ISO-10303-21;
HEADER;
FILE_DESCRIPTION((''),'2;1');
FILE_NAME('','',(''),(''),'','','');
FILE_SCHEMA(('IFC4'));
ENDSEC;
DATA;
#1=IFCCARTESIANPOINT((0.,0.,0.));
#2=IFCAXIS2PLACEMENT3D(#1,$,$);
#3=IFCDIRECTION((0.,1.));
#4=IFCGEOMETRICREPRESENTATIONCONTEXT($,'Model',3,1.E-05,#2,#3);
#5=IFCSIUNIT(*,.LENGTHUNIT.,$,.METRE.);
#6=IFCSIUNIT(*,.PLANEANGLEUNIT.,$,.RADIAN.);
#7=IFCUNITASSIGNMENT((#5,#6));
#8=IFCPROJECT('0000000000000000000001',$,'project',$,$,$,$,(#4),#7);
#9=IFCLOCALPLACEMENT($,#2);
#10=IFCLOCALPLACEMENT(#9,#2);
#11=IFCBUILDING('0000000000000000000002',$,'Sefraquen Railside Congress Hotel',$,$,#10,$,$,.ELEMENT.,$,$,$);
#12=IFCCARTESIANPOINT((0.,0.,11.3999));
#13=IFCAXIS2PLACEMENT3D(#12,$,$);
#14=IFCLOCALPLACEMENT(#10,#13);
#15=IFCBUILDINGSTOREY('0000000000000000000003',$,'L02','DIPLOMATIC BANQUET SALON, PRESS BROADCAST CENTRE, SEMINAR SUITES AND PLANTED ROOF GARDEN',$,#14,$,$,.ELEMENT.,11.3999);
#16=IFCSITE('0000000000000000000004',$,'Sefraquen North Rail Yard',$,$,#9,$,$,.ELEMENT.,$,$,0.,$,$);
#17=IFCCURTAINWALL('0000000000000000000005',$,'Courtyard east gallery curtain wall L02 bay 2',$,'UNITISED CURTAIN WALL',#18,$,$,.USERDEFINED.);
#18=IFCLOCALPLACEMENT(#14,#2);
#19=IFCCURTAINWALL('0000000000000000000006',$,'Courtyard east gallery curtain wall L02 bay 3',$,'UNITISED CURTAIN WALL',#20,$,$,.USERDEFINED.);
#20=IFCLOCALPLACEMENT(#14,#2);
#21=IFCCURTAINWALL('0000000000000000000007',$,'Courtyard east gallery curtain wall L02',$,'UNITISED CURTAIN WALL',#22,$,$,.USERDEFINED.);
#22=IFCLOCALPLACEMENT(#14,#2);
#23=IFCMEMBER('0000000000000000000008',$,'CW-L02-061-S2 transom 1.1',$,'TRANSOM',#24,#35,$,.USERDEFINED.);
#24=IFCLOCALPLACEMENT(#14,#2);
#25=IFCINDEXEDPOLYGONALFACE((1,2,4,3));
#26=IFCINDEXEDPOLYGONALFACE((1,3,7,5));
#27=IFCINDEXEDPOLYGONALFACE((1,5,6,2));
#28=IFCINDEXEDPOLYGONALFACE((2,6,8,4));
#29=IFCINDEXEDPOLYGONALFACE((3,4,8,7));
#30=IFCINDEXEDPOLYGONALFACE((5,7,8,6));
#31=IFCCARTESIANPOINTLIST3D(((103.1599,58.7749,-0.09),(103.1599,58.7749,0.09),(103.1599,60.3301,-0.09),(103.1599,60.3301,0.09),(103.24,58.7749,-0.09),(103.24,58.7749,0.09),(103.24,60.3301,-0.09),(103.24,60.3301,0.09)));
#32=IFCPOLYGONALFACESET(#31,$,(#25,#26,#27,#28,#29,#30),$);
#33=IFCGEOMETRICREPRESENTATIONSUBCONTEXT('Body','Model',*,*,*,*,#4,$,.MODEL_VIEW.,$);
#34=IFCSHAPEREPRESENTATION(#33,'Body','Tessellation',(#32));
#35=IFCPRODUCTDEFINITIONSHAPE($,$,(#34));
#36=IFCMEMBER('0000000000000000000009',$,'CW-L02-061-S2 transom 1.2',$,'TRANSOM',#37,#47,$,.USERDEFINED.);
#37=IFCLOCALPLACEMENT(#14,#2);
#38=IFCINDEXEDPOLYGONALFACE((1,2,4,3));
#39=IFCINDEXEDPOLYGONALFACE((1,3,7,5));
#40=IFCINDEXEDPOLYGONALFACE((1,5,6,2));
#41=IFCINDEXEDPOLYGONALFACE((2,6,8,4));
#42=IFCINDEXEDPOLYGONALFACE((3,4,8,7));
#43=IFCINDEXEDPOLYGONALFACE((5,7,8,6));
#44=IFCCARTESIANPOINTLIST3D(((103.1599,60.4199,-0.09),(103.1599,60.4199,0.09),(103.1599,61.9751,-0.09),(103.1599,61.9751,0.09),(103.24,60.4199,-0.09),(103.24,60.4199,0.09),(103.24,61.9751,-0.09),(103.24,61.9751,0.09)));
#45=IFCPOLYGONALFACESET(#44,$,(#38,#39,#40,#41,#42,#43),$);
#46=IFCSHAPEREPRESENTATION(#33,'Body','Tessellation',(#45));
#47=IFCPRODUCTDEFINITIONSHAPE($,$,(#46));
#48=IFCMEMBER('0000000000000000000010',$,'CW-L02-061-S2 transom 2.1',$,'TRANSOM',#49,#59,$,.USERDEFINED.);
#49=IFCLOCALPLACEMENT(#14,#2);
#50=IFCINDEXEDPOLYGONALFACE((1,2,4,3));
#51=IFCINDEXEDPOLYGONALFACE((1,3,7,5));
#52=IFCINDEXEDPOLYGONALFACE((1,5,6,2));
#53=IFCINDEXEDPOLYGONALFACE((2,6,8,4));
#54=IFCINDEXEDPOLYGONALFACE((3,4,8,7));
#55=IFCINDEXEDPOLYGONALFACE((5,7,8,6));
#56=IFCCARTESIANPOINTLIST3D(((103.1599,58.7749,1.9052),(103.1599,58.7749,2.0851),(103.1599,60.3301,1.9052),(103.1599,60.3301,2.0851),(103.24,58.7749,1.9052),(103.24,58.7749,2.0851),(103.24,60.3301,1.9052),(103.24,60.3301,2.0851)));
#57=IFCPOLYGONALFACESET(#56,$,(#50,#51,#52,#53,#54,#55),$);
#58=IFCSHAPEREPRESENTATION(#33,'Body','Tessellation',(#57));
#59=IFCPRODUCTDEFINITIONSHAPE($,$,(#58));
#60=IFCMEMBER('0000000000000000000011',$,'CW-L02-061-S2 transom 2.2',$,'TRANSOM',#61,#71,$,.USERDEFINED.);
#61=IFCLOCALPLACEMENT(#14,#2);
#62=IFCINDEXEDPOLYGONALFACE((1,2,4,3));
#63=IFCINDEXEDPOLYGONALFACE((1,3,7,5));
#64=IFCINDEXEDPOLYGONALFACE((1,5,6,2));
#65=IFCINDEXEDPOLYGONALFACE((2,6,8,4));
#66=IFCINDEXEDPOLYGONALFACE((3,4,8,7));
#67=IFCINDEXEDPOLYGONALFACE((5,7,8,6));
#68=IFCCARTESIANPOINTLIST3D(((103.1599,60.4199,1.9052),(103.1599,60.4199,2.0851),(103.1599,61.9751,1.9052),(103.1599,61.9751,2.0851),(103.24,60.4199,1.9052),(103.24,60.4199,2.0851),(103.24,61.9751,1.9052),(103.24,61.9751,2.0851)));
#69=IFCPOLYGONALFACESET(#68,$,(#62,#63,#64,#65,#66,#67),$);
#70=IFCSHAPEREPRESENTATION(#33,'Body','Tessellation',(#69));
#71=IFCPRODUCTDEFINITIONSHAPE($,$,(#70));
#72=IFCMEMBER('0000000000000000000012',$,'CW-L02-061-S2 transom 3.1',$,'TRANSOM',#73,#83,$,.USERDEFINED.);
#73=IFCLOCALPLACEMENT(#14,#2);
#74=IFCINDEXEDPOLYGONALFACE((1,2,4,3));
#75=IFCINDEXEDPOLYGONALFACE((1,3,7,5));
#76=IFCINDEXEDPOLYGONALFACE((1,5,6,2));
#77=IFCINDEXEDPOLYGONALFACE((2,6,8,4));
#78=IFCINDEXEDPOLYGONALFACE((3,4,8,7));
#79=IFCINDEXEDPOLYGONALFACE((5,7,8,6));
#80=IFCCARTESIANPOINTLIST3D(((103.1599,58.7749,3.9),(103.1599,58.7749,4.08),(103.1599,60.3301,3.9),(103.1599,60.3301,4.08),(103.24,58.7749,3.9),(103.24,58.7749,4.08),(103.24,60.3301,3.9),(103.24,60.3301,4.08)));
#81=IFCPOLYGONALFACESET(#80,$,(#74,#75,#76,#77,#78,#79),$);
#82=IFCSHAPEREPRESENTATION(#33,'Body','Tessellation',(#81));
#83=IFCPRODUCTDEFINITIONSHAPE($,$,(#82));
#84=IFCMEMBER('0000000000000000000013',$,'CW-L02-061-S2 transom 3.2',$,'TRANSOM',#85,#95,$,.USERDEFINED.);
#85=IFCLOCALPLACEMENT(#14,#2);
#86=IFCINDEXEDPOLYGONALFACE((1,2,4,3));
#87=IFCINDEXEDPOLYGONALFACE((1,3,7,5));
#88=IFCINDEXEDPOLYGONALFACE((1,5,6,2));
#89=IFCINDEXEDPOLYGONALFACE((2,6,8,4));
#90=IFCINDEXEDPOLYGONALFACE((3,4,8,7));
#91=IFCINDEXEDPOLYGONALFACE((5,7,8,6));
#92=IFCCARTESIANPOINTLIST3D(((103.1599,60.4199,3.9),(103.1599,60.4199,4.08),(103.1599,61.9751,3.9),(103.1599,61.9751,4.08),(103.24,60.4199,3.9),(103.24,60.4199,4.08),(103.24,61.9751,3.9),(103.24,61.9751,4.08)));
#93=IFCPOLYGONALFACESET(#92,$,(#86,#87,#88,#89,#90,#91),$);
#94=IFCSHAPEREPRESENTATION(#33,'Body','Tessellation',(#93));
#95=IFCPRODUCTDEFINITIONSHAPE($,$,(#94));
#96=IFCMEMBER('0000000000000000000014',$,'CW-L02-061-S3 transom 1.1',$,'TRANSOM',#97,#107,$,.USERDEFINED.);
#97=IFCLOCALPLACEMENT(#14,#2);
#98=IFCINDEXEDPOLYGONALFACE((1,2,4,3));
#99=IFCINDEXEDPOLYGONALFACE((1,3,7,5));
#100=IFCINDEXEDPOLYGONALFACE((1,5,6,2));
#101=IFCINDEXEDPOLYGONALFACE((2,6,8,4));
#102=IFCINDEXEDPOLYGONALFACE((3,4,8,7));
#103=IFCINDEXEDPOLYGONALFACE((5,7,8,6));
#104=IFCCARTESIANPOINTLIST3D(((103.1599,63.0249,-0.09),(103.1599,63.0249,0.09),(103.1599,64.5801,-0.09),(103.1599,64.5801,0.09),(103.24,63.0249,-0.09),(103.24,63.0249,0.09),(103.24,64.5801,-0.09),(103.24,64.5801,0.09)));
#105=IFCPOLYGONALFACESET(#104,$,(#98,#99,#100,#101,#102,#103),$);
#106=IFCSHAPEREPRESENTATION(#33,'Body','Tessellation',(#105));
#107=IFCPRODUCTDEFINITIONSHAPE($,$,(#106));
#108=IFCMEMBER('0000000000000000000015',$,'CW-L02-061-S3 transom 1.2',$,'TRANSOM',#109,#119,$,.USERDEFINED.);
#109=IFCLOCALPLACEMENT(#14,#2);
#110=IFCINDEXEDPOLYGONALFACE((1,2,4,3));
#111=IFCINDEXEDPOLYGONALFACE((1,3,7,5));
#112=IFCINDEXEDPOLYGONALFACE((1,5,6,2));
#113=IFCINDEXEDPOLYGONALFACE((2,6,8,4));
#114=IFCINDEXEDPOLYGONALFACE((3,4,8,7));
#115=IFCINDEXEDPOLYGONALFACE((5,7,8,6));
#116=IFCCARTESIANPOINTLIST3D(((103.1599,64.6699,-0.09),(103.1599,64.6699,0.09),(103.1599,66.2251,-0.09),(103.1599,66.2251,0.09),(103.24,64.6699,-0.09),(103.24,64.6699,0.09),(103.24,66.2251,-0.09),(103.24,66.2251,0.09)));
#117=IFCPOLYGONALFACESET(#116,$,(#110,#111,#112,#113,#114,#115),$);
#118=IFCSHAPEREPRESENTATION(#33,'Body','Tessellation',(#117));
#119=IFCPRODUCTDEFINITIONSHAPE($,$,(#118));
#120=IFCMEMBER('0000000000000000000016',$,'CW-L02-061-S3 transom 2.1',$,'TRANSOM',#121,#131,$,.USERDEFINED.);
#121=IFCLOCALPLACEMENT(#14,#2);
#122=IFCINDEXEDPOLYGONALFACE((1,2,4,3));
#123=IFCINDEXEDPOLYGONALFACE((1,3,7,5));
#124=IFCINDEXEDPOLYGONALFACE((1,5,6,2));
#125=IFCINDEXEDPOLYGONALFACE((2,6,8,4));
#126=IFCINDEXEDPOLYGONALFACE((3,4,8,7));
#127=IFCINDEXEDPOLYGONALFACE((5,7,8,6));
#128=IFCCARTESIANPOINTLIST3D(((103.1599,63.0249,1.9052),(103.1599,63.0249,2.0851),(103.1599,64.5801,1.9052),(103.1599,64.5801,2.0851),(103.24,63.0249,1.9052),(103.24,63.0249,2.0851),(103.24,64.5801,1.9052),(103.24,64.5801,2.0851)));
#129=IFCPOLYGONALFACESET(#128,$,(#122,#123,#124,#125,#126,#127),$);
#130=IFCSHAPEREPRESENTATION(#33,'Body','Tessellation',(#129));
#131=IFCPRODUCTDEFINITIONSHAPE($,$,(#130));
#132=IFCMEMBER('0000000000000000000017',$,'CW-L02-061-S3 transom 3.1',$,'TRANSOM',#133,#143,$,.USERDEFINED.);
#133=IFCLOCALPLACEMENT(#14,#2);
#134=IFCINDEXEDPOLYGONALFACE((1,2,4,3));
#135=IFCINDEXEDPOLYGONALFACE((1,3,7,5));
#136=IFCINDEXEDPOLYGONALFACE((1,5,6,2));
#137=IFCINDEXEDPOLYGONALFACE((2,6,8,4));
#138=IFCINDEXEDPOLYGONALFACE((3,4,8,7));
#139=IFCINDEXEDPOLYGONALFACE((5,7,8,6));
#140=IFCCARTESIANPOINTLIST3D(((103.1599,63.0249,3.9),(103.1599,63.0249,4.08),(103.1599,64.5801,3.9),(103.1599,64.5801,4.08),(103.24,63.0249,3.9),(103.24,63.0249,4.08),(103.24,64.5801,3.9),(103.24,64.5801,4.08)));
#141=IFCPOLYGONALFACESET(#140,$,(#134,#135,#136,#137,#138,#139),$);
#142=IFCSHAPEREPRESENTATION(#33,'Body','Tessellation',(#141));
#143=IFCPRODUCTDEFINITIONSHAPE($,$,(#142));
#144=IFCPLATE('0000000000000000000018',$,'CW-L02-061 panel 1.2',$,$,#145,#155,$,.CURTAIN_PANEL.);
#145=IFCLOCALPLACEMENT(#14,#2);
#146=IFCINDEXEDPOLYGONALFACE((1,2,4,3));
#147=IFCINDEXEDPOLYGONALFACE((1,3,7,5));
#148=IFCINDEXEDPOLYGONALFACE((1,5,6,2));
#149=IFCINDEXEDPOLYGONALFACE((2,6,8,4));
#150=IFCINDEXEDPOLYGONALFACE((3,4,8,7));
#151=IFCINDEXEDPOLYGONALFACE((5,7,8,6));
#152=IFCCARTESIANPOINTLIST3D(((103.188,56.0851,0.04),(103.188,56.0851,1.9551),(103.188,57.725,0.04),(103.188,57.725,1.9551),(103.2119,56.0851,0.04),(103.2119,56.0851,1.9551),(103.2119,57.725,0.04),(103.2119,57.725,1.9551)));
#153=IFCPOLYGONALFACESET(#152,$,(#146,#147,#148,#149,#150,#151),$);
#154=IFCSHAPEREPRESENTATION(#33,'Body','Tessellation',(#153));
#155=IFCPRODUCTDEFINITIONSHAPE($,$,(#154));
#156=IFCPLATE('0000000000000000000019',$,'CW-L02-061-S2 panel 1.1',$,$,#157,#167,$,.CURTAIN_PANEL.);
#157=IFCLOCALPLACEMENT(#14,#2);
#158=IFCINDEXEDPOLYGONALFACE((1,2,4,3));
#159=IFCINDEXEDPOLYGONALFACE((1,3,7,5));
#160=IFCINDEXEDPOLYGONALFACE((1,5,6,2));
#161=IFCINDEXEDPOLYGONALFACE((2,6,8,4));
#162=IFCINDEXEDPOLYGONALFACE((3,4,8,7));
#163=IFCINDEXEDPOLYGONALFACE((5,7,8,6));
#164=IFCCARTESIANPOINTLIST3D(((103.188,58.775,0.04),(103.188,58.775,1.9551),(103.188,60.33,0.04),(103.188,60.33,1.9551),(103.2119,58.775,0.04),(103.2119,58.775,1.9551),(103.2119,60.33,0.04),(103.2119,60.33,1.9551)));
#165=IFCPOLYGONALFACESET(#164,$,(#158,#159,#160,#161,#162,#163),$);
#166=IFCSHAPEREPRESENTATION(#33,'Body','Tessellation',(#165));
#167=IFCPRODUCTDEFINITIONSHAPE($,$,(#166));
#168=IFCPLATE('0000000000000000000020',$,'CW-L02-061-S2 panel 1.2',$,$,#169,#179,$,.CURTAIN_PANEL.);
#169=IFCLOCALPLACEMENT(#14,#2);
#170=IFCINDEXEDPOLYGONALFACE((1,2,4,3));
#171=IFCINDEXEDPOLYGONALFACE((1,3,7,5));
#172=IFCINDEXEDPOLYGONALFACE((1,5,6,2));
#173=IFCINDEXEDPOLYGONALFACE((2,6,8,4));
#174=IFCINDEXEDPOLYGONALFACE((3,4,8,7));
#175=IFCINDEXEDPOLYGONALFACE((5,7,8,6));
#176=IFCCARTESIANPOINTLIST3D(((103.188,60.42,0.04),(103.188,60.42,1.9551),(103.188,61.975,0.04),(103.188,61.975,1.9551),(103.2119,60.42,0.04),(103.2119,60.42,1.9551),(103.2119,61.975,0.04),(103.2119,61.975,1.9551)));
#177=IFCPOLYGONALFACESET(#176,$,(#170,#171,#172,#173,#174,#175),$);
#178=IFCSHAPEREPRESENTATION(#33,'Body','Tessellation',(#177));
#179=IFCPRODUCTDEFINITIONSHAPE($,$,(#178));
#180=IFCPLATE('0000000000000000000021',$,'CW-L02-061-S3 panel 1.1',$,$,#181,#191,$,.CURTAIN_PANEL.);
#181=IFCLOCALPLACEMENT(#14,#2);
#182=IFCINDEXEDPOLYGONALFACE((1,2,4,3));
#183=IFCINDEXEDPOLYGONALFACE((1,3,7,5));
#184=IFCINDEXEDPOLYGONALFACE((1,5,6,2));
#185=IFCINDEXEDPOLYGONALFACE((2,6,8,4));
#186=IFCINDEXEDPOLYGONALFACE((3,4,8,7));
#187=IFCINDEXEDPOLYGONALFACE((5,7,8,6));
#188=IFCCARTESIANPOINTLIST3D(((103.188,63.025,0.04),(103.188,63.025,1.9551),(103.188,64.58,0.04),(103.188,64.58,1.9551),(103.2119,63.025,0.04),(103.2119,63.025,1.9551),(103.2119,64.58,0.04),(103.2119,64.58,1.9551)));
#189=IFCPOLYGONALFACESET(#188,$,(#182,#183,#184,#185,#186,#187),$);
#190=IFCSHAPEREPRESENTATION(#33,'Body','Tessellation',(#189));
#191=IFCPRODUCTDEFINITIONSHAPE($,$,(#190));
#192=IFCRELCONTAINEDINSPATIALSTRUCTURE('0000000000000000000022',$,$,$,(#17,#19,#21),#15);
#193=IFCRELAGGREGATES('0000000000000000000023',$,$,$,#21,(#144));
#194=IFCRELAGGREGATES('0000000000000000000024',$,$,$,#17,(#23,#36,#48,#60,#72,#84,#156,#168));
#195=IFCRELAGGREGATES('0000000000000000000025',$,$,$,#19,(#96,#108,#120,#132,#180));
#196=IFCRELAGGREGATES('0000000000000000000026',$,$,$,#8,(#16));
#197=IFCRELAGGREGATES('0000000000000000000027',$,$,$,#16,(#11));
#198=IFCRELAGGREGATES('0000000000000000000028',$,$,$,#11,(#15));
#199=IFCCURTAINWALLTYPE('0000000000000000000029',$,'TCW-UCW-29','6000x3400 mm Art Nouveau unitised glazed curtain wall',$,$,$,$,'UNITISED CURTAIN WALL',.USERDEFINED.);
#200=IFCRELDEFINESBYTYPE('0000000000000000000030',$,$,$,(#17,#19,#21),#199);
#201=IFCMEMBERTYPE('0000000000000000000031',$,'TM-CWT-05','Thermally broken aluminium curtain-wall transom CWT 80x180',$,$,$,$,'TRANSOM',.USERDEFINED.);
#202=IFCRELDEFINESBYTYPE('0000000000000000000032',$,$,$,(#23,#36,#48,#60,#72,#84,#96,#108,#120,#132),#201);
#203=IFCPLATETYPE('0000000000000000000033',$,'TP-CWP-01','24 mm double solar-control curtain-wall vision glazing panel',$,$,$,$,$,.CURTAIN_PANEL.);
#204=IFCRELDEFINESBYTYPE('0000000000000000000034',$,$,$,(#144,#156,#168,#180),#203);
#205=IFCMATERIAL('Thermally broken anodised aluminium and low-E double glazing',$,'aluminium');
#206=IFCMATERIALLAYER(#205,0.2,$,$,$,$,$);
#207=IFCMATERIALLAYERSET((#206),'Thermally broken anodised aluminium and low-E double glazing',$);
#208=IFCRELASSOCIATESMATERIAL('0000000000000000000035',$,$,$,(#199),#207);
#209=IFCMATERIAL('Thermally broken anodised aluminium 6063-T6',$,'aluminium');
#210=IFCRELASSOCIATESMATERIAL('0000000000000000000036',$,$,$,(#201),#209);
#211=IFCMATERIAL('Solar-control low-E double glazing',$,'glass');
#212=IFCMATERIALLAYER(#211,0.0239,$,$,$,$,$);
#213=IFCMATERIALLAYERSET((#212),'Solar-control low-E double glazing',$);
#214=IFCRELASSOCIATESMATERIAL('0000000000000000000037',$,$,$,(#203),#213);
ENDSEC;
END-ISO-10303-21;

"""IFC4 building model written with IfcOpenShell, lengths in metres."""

from ifc_helpers import new_model, si_unit, direction, frame, origin, origin_2d, place, context, subcontext, project, spatial, rectangle, extrude, material, layer, layer_set, material_profile, profile_set, type_object, element, aggregate, save


model = new_model("IFC4")

# Units and contexts
model_context = context("Model", 3, precision=1e-05, world=origin(), true_north=direction((0.0, 1.0)))
body_context = subcontext(model_context, "Body", "Model", "MODEL_VIEW")
ifc_project = project(units=[si_unit("LENGTHUNIT", "METRE"), si_unit("PLANEANGLEUNIT", "RADIAN")], contexts=[model_context])

# Site, building, storey
site_placement = place(None, origin())
site = spatial("IfcSite", under=ifc_project, at=site_placement, Name="Sefraquen North Rail Yard", CompositionType="ELEMENT", RefElevation=0.0)
building_placement = place(site_placement, origin())
building = spatial("IfcBuilding", under=site, at=building_placement, Name="Sefraquen Railside Congress Hotel", CompositionType="ELEMENT")
storey_placement = place(building_placement, frame((0.0, 0.0, 11.3999)))
storey = spatial("IfcBuildingStorey", under=building, at=storey_placement, Name="L02", Description="DIPLOMATIC BANQUET SALON, PRESS BROADCAST CENTRE, SEMINAR SUITES AND PLANTED ROOF GARDEN", CompositionType="ELEMENT", Elevation=11.3999)

# Curtain walls
ifc_material_1 = material(Name="Thermally broken anodised aluminium and low-E double glazing", Category="aluminium")
ifc_layer_1 = layer(ifc_material_1, 0.2)
ifc_layer_set_1 = layer_set([ifc_layer_1], Name="Thermally broken anodised aluminium and low-E double glazing")
curtain_wall_type = type_object("IfcCurtainWallType", Name="TCW-UCW-29", Description="6000x3400 mm Art Nouveau unitised glazed curtain wall", ElementType="UNITISED CURTAIN WALL", PredefinedType="USERDEFINED", material=ifc_layer_set_1)
curtain_wall_1_placement = place(storey_placement, origin())
curtain_wall_1 = element("IfcCurtainWall", 1, at=curtain_wall_1_placement, inside=storey, type_object=curtain_wall_type, Name="Courtyard east gallery curtain wall L02 bay 2", ObjectType="UNITISED CURTAIN WALL", PredefinedType="USERDEFINED")
ifc_material_2 = material(Name="Thermally broken anodised aluminium 6063-T6", Category="aluminium")
curtain_wall_2_placement = place(storey_placement, origin())
curtain_wall_2 = element("IfcCurtainWall", 2, at=curtain_wall_2_placement, inside=storey, type_object=curtain_wall_type, Name="Courtyard east gallery curtain wall L02 bay 3", ObjectType="UNITISED CURTAIN WALL", PredefinedType="USERDEFINED")
curtain_wall_3_placement = place(storey_placement, origin())
curtain_wall_3 = element("IfcCurtainWall", 3, at=curtain_wall_3_placement, inside=storey, type_object=curtain_wall_type, Name="Courtyard east gallery curtain wall L02", ObjectType="UNITISED CURTAIN WALL", PredefinedType="USERDEFINED")

# Members
ifc_material_profile_1 = material_profile(ifc_material_2, rectangle(XDim=0.0801, YDim=0.1799, at=origin_2d()), Name="CWT 80x180")
ifc_profile_set_1 = profile_set([ifc_material_profile_1], Name="Thermally broken anodised aluminium 6063-T6")
member_type_1 = type_object("IfcMemberType", Name="TM-CWT-05", Description="Thermally broken aluminium curtain-wall transom CWT 80x180", ElementType="TRANSOM", PredefinedType="USERDEFINED", material=ifc_profile_set_1)
member_1_placement = place(storey_placement, frame((103.2, 58.7749, 0.0), z_axis=(0.0, 1.0, 0.0), x_axis=(-1.0, 0.0, 0.0)))
member_1 = element("IfcMember", 4, at=member_1_placement, type_object=member_type_1, Name="CW-L02-061-S2 transom 1.1", ObjectType="TRANSOM", PredefinedType="USERDEFINED", context=body_context, shape_type="SweptSolid", body=[
    extrude(rectangle(XDim=0.0801, YDim=0.1799, at=origin_2d()), origin(), (0.0, 0.0, 1.0), 1.5552),
])
member_2_placement = place(storey_placement, frame((103.2, 60.4199, 0.0), z_axis=(0.0, 1.0, 0.0), x_axis=(-1.0, 0.0, 0.0)))
member_2 = element("IfcMember", 5, at=member_2_placement, type_object=member_type_1, Name="CW-L02-061-S2 transom 1.2", ObjectType="TRANSOM", PredefinedType="USERDEFINED", context=body_context, shape_type="SweptSolid", body=[
    extrude(rectangle(XDim=0.0801, YDim=0.1799, at=origin_2d()), origin(), (0.0, 0.0, 1.0), 1.5552),
])
member_3_placement = place(storey_placement, frame((103.2, 58.7749, 1.9951), z_axis=(0.0, 1.0, 0.0), x_axis=(-1.0, 0.0, 0.0)))
member_3 = element("IfcMember", 6, at=member_3_placement, type_object=member_type_1, Name="CW-L02-061-S2 transom 2.1", ObjectType="TRANSOM", PredefinedType="USERDEFINED", context=body_context, shape_type="SweptSolid", body=[
    extrude(rectangle(XDim=0.0801, YDim=0.1799, at=origin_2d()), origin(), (0.0, 0.0, 1.0), 1.5552),
])
member_4_placement = place(storey_placement, frame((103.2, 60.4199, 1.9951), z_axis=(0.0, 1.0, 0.0), x_axis=(-1.0, 0.0, 0.0)))
member_4 = element("IfcMember", 7, at=member_4_placement, type_object=member_type_1, Name="CW-L02-061-S2 transom 2.2", ObjectType="TRANSOM", PredefinedType="USERDEFINED", context=body_context, shape_type="SweptSolid", body=[
    extrude(rectangle(XDim=0.0801, YDim=0.1799, at=origin_2d()), origin(), (0.0, 0.0, 1.0), 1.5552),
])
member_5_placement = place(storey_placement, frame((103.2, 58.7749, 3.99), z_axis=(0.0, 1.0, 0.0), x_axis=(-1.0, 0.0, 0.0)))
member_5 = element("IfcMember", 8, at=member_5_placement, type_object=member_type_1, Name="CW-L02-061-S2 transom 3.1", ObjectType="TRANSOM", PredefinedType="USERDEFINED", context=body_context, shape_type="SweptSolid", body=[
    extrude(rectangle(XDim=0.0801, YDim=0.1799, at=origin_2d()), origin(), (0.0, 0.0, 1.0), 1.5552),
])
member_6_placement = place(storey_placement, frame((103.2, 60.4199, 3.99), z_axis=(0.0, 1.0, 0.0), x_axis=(-1.0, 0.0, 0.0)))
member_6 = element("IfcMember", 9, at=member_6_placement, type_object=member_type_1, Name="CW-L02-061-S2 transom 3.2", ObjectType="TRANSOM", PredefinedType="USERDEFINED", context=body_context, shape_type="SweptSolid", body=[
    extrude(rectangle(XDim=0.0801, YDim=0.1799, at=origin_2d()), origin(), (0.0, 0.0, 1.0), 1.5552),
])
member_7_placement = place(storey_placement, frame((103.2, 63.0249, 0.0), z_axis=(0.0, 1.0, 0.0), x_axis=(-1.0, 0.0, 0.0)))
member_7 = element("IfcMember", 10, at=member_7_placement, type_object=member_type_1, Name="CW-L02-061-S3 transom 1.1", ObjectType="TRANSOM", PredefinedType="USERDEFINED", context=body_context, shape_type="SweptSolid", body=[
    extrude(rectangle(XDim=0.0801, YDim=0.1799, at=origin_2d()), origin(), (0.0, 0.0, 1.0), 1.5552),
])
member_8_placement = place(storey_placement, frame((103.2, 64.6699, 0.0), z_axis=(0.0, 1.0, 0.0), x_axis=(-1.0, 0.0, 0.0)))
member_8 = element("IfcMember", 11, at=member_8_placement, type_object=member_type_1, Name="CW-L02-061-S3 transom 1.2", ObjectType="TRANSOM", PredefinedType="USERDEFINED", context=body_context, shape_type="SweptSolid", body=[
    extrude(rectangle(XDim=0.0801, YDim=0.1799, at=origin_2d()), origin(), (0.0, 0.0, 1.0), 1.5552),
])
member_9_placement = place(storey_placement, frame((103.2, 63.0249, 1.9951), z_axis=(0.0, 1.0, 0.0), x_axis=(-1.0, 0.0, 0.0)))
member_9 = element("IfcMember", 12, at=member_9_placement, type_object=member_type_1, Name="CW-L02-061-S3 transom 2.1", ObjectType="TRANSOM", PredefinedType="USERDEFINED", context=body_context, shape_type="SweptSolid", body=[
    extrude(rectangle(XDim=0.0801, YDim=0.1799, at=origin_2d()), origin(), (0.0, 0.0, 1.0), 1.5552),
])
member_10_placement = place(storey_placement, frame((103.2, 63.0249, 3.99), z_axis=(0.0, 1.0, 0.0), x_axis=(-1.0, 0.0, 0.0)))
member_10 = element("IfcMember", 13, at=member_10_placement, type_object=member_type_1, Name="CW-L02-061-S3 transom 3.1", ObjectType="TRANSOM", PredefinedType="USERDEFINED", context=body_context, shape_type="SweptSolid", body=[
    extrude(rectangle(XDim=0.0801, YDim=0.1799, at=origin_2d()), origin(), (0.0, 0.0, 1.0), 1.5552),
])

# Plates
ifc_material_3 = material(Name="Solar-control low-E double glazing", Category="glass")
ifc_layer_2 = layer(ifc_material_3, 0.0239)
ifc_layer_set_2 = layer_set([ifc_layer_2], Name="Solar-control low-E double glazing")
plate_type_1 = type_object("IfcPlateType", Name="TP-CWP-01", Description="24 mm double solar-control curtain-wall vision glazing panel", PredefinedType="CURTAIN_PANEL", material=ifc_layer_set_2)
plate_1_placement = place(storey_placement, frame((103.2, 56.905, 0.04), z_axis=(0.0, 0.0, 1.0), x_axis=(0.0, 1.0, 0.0)))
plate_1 = element("IfcPlate", 14, at=plate_1_placement, type_object=plate_type_1, Name="CW-L02-061 panel 1.2", PredefinedType="CURTAIN_PANEL", context=body_context, shape_type="SweptSolid", body=[
    extrude(rectangle(XDim=1.6399, YDim=0.0239, at=origin_2d()), origin(), (0.0, 0.0, 1.0), 1.915),
])
plate_2_placement = place(storey_placement, frame((103.2, 59.5525, 0.04), z_axis=(0.0, 0.0, 1.0), x_axis=(0.0, 1.0, 0.0)))
plate_2 = element("IfcPlate", 15, at=plate_2_placement, type_object=plate_type_1, Name="CW-L02-061-S2 panel 1.1", PredefinedType="CURTAIN_PANEL", context=body_context, shape_type="SweptSolid", body=[
    extrude(rectangle(XDim=1.5549, YDim=0.0239, at=origin_2d()), origin(), (0.0, 0.0, 1.0), 1.915),
])
plate_3_placement = place(storey_placement, frame((103.2, 61.1975, 0.04), z_axis=(0.0, 0.0, 1.0), x_axis=(0.0, 1.0, 0.0)))
plate_3 = element("IfcPlate", 16, at=plate_3_placement, type_object=plate_type_1, Name="CW-L02-061-S2 panel 1.2", PredefinedType="CURTAIN_PANEL", context=body_context, shape_type="SweptSolid", body=[
    extrude(rectangle(XDim=1.5549, YDim=0.0239, at=origin_2d()), origin(), (0.0, 0.0, 1.0), 1.915),
])
plate_4_placement = place(storey_placement, frame((103.2, 63.8025, 0.04), z_axis=(0.0, 0.0, 1.0), x_axis=(0.0, 1.0, 0.0)))
plate_4 = element("IfcPlate", 17, at=plate_4_placement, type_object=plate_type_1, Name="CW-L02-061-S3 panel 1.1", PredefinedType="CURTAIN_PANEL", context=body_context, shape_type="SweptSolid", body=[
    extrude(rectangle(XDim=1.5549, YDim=0.0239, at=origin_2d()), origin(), (0.0, 0.0, 1.0), 1.915),
])
aggregate(curtain_wall_3, [plate_1])
aggregate(curtain_wall_1, [member_1, member_2, member_3, member_4, member_5, member_6, plate_2, plate_3])
aggregate(curtain_wall_2, [member_7, member_8, member_9, member_10, plate_4])

save(model, "model.ifc")
